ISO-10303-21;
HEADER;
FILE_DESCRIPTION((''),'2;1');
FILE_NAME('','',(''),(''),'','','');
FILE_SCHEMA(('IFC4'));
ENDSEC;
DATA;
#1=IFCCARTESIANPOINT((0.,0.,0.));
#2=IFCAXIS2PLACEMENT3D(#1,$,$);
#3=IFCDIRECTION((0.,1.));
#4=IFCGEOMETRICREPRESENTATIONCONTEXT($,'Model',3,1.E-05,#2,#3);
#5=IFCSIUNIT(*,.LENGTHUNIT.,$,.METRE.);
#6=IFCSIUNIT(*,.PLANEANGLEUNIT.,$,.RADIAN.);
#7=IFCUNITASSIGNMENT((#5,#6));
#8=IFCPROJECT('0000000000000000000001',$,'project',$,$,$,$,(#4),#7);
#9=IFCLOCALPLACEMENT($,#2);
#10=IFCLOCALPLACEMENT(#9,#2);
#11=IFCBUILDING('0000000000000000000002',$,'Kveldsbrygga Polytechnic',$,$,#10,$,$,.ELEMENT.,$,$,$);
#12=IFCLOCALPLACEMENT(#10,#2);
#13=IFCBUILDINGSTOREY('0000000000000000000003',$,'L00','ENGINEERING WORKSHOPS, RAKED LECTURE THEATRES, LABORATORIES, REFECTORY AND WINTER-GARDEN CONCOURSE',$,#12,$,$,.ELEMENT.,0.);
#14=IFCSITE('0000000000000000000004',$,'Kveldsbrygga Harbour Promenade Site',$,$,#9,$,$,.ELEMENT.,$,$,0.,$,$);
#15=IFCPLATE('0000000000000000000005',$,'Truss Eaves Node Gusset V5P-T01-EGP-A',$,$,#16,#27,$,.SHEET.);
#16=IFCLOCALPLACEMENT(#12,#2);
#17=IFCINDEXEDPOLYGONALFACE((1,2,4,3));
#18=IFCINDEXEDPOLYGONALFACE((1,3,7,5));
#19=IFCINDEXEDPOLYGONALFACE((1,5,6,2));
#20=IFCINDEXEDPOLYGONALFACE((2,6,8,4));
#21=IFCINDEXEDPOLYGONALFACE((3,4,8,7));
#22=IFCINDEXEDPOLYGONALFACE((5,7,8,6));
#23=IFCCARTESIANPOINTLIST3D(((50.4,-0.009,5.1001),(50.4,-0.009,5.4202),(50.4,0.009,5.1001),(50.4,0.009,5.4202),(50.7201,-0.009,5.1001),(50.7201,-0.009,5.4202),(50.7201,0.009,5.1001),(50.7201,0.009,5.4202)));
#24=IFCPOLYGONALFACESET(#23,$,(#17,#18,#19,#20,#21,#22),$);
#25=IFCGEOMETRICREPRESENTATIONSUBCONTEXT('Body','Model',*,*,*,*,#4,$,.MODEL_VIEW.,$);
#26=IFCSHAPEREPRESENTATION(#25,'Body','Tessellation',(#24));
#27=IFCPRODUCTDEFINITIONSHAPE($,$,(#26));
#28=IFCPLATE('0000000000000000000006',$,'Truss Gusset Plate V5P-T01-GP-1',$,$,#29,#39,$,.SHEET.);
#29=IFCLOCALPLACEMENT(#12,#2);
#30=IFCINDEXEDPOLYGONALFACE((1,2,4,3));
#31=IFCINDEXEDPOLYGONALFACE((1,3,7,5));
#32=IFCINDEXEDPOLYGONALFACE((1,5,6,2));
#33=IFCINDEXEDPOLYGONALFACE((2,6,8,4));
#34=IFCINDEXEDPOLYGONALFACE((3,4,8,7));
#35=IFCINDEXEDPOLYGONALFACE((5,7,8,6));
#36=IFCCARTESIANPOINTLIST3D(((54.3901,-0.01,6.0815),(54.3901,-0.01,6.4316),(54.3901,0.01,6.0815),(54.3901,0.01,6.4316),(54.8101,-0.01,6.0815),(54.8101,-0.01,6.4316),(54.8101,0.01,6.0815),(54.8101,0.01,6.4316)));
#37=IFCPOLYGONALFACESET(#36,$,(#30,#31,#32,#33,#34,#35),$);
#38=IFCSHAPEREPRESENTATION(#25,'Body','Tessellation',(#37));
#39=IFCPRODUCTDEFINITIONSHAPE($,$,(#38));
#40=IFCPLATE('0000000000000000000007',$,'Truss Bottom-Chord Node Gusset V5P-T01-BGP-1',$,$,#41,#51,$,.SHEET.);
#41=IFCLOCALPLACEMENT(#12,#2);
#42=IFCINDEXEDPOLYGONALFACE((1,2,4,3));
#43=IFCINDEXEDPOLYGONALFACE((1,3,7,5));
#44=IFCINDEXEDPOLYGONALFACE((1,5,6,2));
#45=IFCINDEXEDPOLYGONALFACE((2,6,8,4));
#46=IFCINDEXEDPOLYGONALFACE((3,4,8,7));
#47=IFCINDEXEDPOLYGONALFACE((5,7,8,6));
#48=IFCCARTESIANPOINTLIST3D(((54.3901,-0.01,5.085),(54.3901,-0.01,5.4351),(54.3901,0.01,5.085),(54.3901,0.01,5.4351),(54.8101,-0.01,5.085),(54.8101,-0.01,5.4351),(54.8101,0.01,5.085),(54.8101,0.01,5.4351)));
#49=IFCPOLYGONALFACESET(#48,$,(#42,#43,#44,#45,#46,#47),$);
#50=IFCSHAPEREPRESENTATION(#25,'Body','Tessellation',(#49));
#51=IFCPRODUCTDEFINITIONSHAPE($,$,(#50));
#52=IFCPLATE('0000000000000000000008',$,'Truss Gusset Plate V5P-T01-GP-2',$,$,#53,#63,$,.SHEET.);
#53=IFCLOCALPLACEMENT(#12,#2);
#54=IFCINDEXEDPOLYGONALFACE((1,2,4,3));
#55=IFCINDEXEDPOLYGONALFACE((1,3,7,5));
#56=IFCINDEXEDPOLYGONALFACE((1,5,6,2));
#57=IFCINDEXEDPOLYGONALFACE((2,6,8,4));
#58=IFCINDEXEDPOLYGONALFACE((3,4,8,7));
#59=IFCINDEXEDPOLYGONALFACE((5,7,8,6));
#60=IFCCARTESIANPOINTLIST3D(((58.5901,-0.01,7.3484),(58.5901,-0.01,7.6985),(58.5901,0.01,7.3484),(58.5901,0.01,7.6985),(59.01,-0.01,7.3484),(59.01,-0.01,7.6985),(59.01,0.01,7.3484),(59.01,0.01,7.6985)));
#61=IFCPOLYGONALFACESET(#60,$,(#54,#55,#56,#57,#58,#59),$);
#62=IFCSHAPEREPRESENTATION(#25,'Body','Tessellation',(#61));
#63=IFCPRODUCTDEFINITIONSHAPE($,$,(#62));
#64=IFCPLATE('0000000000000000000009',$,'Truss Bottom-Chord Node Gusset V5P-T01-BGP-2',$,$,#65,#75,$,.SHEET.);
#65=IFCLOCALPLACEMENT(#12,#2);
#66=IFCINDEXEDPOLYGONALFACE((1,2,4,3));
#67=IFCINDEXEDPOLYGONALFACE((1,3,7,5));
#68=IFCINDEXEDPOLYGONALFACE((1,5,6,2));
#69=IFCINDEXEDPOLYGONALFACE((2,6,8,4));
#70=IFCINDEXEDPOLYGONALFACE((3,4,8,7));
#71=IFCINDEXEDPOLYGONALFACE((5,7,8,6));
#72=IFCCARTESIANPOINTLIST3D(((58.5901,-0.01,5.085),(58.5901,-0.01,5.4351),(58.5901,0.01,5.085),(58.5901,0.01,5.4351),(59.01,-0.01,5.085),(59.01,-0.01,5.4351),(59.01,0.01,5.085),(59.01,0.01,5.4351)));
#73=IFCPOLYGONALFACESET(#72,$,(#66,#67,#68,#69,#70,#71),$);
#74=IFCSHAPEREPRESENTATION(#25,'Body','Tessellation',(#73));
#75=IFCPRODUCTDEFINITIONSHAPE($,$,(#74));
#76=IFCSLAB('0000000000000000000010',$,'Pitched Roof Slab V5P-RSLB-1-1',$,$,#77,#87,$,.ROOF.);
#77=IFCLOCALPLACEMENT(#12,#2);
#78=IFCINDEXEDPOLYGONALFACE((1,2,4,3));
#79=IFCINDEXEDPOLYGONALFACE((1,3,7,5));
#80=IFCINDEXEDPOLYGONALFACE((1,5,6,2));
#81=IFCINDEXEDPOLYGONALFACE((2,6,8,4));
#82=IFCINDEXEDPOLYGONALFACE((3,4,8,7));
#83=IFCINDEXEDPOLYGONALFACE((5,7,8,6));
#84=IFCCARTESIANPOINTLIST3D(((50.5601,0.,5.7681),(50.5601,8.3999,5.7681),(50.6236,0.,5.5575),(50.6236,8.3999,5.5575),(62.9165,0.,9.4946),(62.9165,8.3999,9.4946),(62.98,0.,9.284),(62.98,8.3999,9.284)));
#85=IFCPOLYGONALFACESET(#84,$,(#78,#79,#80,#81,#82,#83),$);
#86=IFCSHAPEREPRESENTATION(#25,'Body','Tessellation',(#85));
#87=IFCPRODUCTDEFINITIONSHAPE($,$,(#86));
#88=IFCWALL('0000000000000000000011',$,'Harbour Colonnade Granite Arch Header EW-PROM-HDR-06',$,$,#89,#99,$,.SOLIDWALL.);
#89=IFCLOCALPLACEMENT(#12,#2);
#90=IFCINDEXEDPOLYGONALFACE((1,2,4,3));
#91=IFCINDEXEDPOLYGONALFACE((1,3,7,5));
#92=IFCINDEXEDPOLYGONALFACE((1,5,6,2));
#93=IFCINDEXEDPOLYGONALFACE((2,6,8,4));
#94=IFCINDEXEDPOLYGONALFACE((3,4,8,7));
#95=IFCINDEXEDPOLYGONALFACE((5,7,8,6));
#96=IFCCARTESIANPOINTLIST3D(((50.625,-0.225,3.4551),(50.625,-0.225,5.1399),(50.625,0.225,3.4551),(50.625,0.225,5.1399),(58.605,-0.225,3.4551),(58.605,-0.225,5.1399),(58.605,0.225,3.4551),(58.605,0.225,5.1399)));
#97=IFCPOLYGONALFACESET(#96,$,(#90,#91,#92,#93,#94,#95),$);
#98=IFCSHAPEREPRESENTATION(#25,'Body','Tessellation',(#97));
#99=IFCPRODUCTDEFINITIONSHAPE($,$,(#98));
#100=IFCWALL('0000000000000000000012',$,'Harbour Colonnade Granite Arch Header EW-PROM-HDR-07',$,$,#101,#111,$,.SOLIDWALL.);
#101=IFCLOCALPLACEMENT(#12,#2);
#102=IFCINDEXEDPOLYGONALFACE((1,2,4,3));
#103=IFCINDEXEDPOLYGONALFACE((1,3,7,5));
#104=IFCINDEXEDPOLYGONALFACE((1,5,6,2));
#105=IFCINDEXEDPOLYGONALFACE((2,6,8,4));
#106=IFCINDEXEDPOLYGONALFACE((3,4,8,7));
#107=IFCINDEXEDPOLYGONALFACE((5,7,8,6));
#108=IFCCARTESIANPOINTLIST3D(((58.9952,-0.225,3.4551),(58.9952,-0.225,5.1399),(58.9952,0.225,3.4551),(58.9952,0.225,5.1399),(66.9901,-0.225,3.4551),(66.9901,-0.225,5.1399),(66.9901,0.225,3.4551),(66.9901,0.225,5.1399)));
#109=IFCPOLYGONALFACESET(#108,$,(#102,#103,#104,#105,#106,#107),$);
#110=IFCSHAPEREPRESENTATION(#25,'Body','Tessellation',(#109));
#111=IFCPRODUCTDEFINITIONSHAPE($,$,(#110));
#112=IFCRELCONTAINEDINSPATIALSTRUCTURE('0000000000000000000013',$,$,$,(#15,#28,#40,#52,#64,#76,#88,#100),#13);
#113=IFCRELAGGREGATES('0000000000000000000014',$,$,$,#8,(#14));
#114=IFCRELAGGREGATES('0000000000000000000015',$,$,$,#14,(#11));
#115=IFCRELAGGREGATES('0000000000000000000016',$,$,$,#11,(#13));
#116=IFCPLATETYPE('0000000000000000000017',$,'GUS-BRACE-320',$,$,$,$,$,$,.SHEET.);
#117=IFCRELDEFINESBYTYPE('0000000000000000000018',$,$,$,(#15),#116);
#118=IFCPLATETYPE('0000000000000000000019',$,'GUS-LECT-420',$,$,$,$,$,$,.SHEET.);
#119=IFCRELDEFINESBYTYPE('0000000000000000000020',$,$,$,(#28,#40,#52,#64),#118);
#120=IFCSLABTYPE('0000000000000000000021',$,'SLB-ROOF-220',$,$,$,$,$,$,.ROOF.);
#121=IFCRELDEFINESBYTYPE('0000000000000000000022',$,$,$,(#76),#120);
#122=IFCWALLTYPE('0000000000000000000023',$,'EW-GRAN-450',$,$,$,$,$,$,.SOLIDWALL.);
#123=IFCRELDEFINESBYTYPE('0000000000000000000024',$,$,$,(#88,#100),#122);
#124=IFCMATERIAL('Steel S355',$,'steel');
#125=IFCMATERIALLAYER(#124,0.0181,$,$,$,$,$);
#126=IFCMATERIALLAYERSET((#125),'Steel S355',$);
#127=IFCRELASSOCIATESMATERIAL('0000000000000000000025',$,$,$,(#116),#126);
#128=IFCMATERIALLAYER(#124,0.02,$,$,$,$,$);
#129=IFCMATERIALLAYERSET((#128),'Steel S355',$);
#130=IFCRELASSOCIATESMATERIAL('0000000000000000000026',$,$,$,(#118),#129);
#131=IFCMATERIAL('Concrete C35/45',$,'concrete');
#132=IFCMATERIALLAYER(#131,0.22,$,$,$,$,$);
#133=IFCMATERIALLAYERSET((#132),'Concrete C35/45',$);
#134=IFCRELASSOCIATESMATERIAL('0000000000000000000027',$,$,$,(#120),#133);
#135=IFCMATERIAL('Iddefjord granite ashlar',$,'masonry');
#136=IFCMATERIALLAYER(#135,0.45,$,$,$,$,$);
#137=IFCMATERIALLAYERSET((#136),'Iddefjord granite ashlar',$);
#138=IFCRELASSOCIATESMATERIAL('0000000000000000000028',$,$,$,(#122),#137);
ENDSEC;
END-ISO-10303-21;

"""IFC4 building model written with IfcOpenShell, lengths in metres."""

from ifc_helpers import new_model, si_unit, direction, frame, frame_2d, origin, origin_2d, place, context, subcontext, project, spatial, polyline, rectangle, outline, extrude, material, layer, layer_set, type_object, element, save


model = new_model("IFC4")

# Units and contexts
model_context = context("Model", 3, precision=1e-05, world=origin(), true_north=direction((0.0, 1.0)))
body_context = subcontext(model_context, "Body", "Model", "MODEL_VIEW")
ifc_project = project(units=[si_unit("LENGTHUNIT", "METRE"), si_unit("PLANEANGLEUNIT", "RADIAN")], contexts=[model_context])

# Site, building, storey
site_placement = place(None, origin())
site = spatial("IfcSite", under=ifc_project, at=site_placement, Name="Kveldsbrygga Harbour Promenade Site", CompositionType="ELEMENT", RefElevation=0.0)
building_placement = place(site_placement, origin())
building = spatial("IfcBuilding", under=site, at=building_placement, Name="Kveldsbrygga Polytechnic", CompositionType="ELEMENT")
storey_placement = place(building_placement, origin())
storey = spatial("IfcBuildingStorey", under=building, at=storey_placement, Name="L00", Description="ENGINEERING WORKSHOPS, RAKED LECTURE THEATRES, LABORATORIES, REFECTORY AND WINTER-GARDEN CONCOURSE", CompositionType="ELEMENT", Elevation=0.0)

# Shared definitions
ifc_material_1 = material(Name="Concrete C35/45", Category="concrete")

# Shared definitions
ifc_material_2 = material(Name="Steel S355", Category="steel")

# Plates
ifc_layer_1 = layer(ifc_material_2, 0.0181)
ifc_layer_set_1 = layer_set([ifc_layer_1], Name="Steel S355")
plate_type_1 = type_object("IfcPlateType", Name="GUS-BRACE-320", PredefinedType="SHEET", material=ifc_layer_set_1)
plate_1_placement = place(storey_placement, frame((50.5601, 0.0, 5.1001), z_axis=(0.0, 0.0, 1.0), x_axis=(1.0, 0.0, 0.0)))
element("IfcPlate", 1, at=plate_1_placement, inside=storey, type_object=plate_type_1, Name="Truss Eaves Node Gusset V5P-T01-EGP-A", PredefinedType="SHEET", context=body_context, shape_type="SweptSolid", body=[
    extrude(rectangle(XDim=0.3201, YDim=0.0181, at=origin_2d()), origin(), (0.0, 0.0, 1.0), 0.3201),
])
ifc_layer_2 = layer(ifc_material_2, 0.02)
ifc_layer_set_2 = layer_set([ifc_layer_2], Name="Steel S355")
plate_type_2 = type_object("IfcPlateType", Name="GUS-LECT-420", PredefinedType="SHEET", material=ifc_layer_set_2)
for number, where, z_axis, x_axis, name in (
    (2, (54.6001, 0.0, 6.0815), (0.0, 0.0, 1.0), (1.0, 0.0, 0.0), "Truss Gusset Plate V5P-T01-GP-1"),
    (3, (54.6001, 0.0, 5.085), (0.0, 0.0, 1.0), (1.0, 0.0, 0.0), "Truss Bottom-Chord Node Gusset V5P-T01-BGP-1"),
    (4, (58.8, 0.0, 7.3484), (0.0, 0.0, 1.0), (1.0, 0.0, 0.0), "Truss Gusset Plate V5P-T01-GP-2"),
    (5, (58.8, 0.0, 5.085), (0.0, 0.0, 1.0), (1.0, 0.0, 0.0), "Truss Bottom-Chord Node Gusset V5P-T01-BGP-2"),
):
    element("IfcPlate", number, at=place(storey_placement, frame(where, z_axis=z_axis, x_axis=x_axis)), inside=storey, type_object=plate_type_2, Name=name, PredefinedType="SHEET", context=body_context, shape_type="SweptSolid", body=[
        extrude(rectangle(XDim=0.4199, YDim=0.02, at=origin_2d()), origin(), (0.0, 0.0, 1.0), 0.3501),
    ])

# Slab
ifc_layer_3 = layer(ifc_material_1, 0.22)
ifc_layer_set_3 = layer_set([ifc_layer_3], Name="Concrete C35/45")
slab_type = type_object("IfcSlabType", Name="SLB-ROOF-220", PredefinedType="ROOF", material=ifc_layer_set_3)
slab_placement = place(storey_placement, frame((50.5601, 0.0, 5.7681), z_axis=(-0.288743, 0.0, 0.957407), x_axis=(0.957407, 0.0, 0.288743)))
element("IfcSlab", 6, at=slab_placement, inside=storey, type_object=slab_type, Name="Pitched Roof Slab V5P-RSLB-1-1", PredefinedType="ROOF", context=body_context, shape_type="SweptSolid", body=[
    extrude(outline(polyline([(0.0, 0.0), (12.9062, 0.0), (12.9062, 8.3999), (0.0, 8.3999), (0.0, 0.0)])), origin(), (0.0, 0.0, -1.0), 0.22),
])

# Walls
ifc_material_3 = material(Name="Iddefjord granite ashlar", Category="masonry")
ifc_layer_4 = layer(ifc_material_3, 0.45)
ifc_layer_set_4 = layer_set([ifc_layer_4], Name="Iddefjord granite ashlar")
wall_type = type_object("IfcWallType", Name="EW-GRAN-450", PredefinedType="SOLIDWALL", material=ifc_layer_set_4)
wall_1_placement = place(storey_placement, frame((50.625, 0.0, 3.4551), z_axis=(0.0, 0.0, 1.0), x_axis=(1.0, 0.0, 0.0)))
element("IfcWall", 7, at=wall_1_placement, inside=storey, type_object=wall_type, Name="Harbour Colonnade Granite Arch Header EW-PROM-HDR-06", PredefinedType="SOLIDWALL", context=body_context, shape_type="SweptSolid", body=[
    extrude(rectangle(XDim=7.98, YDim=0.45, at=frame_2d((3.99, 0.0))), origin(), (0.0, 0.0, 1.0), 1.6848),
])
wall_2_placement = place(storey_placement, frame((58.9951, 0.0, 3.4551), z_axis=(0.0, 0.0, 1.0), x_axis=(1.0, 0.0, 0.0)))
element("IfcWall", 8, at=wall_2_placement, inside=storey, type_object=wall_type, Name="Harbour Colonnade Granite Arch Header EW-PROM-HDR-07", PredefinedType="SOLIDWALL", context=body_context, shape_type="SweptSolid", body=[
    extrude(rectangle(XDim=7.9949, YDim=0.45, at=frame_2d((3.9976, 0.0))), origin(), (0.0, 0.0, 1.0), 1.6848),
])

save(model, "model.ifc")
